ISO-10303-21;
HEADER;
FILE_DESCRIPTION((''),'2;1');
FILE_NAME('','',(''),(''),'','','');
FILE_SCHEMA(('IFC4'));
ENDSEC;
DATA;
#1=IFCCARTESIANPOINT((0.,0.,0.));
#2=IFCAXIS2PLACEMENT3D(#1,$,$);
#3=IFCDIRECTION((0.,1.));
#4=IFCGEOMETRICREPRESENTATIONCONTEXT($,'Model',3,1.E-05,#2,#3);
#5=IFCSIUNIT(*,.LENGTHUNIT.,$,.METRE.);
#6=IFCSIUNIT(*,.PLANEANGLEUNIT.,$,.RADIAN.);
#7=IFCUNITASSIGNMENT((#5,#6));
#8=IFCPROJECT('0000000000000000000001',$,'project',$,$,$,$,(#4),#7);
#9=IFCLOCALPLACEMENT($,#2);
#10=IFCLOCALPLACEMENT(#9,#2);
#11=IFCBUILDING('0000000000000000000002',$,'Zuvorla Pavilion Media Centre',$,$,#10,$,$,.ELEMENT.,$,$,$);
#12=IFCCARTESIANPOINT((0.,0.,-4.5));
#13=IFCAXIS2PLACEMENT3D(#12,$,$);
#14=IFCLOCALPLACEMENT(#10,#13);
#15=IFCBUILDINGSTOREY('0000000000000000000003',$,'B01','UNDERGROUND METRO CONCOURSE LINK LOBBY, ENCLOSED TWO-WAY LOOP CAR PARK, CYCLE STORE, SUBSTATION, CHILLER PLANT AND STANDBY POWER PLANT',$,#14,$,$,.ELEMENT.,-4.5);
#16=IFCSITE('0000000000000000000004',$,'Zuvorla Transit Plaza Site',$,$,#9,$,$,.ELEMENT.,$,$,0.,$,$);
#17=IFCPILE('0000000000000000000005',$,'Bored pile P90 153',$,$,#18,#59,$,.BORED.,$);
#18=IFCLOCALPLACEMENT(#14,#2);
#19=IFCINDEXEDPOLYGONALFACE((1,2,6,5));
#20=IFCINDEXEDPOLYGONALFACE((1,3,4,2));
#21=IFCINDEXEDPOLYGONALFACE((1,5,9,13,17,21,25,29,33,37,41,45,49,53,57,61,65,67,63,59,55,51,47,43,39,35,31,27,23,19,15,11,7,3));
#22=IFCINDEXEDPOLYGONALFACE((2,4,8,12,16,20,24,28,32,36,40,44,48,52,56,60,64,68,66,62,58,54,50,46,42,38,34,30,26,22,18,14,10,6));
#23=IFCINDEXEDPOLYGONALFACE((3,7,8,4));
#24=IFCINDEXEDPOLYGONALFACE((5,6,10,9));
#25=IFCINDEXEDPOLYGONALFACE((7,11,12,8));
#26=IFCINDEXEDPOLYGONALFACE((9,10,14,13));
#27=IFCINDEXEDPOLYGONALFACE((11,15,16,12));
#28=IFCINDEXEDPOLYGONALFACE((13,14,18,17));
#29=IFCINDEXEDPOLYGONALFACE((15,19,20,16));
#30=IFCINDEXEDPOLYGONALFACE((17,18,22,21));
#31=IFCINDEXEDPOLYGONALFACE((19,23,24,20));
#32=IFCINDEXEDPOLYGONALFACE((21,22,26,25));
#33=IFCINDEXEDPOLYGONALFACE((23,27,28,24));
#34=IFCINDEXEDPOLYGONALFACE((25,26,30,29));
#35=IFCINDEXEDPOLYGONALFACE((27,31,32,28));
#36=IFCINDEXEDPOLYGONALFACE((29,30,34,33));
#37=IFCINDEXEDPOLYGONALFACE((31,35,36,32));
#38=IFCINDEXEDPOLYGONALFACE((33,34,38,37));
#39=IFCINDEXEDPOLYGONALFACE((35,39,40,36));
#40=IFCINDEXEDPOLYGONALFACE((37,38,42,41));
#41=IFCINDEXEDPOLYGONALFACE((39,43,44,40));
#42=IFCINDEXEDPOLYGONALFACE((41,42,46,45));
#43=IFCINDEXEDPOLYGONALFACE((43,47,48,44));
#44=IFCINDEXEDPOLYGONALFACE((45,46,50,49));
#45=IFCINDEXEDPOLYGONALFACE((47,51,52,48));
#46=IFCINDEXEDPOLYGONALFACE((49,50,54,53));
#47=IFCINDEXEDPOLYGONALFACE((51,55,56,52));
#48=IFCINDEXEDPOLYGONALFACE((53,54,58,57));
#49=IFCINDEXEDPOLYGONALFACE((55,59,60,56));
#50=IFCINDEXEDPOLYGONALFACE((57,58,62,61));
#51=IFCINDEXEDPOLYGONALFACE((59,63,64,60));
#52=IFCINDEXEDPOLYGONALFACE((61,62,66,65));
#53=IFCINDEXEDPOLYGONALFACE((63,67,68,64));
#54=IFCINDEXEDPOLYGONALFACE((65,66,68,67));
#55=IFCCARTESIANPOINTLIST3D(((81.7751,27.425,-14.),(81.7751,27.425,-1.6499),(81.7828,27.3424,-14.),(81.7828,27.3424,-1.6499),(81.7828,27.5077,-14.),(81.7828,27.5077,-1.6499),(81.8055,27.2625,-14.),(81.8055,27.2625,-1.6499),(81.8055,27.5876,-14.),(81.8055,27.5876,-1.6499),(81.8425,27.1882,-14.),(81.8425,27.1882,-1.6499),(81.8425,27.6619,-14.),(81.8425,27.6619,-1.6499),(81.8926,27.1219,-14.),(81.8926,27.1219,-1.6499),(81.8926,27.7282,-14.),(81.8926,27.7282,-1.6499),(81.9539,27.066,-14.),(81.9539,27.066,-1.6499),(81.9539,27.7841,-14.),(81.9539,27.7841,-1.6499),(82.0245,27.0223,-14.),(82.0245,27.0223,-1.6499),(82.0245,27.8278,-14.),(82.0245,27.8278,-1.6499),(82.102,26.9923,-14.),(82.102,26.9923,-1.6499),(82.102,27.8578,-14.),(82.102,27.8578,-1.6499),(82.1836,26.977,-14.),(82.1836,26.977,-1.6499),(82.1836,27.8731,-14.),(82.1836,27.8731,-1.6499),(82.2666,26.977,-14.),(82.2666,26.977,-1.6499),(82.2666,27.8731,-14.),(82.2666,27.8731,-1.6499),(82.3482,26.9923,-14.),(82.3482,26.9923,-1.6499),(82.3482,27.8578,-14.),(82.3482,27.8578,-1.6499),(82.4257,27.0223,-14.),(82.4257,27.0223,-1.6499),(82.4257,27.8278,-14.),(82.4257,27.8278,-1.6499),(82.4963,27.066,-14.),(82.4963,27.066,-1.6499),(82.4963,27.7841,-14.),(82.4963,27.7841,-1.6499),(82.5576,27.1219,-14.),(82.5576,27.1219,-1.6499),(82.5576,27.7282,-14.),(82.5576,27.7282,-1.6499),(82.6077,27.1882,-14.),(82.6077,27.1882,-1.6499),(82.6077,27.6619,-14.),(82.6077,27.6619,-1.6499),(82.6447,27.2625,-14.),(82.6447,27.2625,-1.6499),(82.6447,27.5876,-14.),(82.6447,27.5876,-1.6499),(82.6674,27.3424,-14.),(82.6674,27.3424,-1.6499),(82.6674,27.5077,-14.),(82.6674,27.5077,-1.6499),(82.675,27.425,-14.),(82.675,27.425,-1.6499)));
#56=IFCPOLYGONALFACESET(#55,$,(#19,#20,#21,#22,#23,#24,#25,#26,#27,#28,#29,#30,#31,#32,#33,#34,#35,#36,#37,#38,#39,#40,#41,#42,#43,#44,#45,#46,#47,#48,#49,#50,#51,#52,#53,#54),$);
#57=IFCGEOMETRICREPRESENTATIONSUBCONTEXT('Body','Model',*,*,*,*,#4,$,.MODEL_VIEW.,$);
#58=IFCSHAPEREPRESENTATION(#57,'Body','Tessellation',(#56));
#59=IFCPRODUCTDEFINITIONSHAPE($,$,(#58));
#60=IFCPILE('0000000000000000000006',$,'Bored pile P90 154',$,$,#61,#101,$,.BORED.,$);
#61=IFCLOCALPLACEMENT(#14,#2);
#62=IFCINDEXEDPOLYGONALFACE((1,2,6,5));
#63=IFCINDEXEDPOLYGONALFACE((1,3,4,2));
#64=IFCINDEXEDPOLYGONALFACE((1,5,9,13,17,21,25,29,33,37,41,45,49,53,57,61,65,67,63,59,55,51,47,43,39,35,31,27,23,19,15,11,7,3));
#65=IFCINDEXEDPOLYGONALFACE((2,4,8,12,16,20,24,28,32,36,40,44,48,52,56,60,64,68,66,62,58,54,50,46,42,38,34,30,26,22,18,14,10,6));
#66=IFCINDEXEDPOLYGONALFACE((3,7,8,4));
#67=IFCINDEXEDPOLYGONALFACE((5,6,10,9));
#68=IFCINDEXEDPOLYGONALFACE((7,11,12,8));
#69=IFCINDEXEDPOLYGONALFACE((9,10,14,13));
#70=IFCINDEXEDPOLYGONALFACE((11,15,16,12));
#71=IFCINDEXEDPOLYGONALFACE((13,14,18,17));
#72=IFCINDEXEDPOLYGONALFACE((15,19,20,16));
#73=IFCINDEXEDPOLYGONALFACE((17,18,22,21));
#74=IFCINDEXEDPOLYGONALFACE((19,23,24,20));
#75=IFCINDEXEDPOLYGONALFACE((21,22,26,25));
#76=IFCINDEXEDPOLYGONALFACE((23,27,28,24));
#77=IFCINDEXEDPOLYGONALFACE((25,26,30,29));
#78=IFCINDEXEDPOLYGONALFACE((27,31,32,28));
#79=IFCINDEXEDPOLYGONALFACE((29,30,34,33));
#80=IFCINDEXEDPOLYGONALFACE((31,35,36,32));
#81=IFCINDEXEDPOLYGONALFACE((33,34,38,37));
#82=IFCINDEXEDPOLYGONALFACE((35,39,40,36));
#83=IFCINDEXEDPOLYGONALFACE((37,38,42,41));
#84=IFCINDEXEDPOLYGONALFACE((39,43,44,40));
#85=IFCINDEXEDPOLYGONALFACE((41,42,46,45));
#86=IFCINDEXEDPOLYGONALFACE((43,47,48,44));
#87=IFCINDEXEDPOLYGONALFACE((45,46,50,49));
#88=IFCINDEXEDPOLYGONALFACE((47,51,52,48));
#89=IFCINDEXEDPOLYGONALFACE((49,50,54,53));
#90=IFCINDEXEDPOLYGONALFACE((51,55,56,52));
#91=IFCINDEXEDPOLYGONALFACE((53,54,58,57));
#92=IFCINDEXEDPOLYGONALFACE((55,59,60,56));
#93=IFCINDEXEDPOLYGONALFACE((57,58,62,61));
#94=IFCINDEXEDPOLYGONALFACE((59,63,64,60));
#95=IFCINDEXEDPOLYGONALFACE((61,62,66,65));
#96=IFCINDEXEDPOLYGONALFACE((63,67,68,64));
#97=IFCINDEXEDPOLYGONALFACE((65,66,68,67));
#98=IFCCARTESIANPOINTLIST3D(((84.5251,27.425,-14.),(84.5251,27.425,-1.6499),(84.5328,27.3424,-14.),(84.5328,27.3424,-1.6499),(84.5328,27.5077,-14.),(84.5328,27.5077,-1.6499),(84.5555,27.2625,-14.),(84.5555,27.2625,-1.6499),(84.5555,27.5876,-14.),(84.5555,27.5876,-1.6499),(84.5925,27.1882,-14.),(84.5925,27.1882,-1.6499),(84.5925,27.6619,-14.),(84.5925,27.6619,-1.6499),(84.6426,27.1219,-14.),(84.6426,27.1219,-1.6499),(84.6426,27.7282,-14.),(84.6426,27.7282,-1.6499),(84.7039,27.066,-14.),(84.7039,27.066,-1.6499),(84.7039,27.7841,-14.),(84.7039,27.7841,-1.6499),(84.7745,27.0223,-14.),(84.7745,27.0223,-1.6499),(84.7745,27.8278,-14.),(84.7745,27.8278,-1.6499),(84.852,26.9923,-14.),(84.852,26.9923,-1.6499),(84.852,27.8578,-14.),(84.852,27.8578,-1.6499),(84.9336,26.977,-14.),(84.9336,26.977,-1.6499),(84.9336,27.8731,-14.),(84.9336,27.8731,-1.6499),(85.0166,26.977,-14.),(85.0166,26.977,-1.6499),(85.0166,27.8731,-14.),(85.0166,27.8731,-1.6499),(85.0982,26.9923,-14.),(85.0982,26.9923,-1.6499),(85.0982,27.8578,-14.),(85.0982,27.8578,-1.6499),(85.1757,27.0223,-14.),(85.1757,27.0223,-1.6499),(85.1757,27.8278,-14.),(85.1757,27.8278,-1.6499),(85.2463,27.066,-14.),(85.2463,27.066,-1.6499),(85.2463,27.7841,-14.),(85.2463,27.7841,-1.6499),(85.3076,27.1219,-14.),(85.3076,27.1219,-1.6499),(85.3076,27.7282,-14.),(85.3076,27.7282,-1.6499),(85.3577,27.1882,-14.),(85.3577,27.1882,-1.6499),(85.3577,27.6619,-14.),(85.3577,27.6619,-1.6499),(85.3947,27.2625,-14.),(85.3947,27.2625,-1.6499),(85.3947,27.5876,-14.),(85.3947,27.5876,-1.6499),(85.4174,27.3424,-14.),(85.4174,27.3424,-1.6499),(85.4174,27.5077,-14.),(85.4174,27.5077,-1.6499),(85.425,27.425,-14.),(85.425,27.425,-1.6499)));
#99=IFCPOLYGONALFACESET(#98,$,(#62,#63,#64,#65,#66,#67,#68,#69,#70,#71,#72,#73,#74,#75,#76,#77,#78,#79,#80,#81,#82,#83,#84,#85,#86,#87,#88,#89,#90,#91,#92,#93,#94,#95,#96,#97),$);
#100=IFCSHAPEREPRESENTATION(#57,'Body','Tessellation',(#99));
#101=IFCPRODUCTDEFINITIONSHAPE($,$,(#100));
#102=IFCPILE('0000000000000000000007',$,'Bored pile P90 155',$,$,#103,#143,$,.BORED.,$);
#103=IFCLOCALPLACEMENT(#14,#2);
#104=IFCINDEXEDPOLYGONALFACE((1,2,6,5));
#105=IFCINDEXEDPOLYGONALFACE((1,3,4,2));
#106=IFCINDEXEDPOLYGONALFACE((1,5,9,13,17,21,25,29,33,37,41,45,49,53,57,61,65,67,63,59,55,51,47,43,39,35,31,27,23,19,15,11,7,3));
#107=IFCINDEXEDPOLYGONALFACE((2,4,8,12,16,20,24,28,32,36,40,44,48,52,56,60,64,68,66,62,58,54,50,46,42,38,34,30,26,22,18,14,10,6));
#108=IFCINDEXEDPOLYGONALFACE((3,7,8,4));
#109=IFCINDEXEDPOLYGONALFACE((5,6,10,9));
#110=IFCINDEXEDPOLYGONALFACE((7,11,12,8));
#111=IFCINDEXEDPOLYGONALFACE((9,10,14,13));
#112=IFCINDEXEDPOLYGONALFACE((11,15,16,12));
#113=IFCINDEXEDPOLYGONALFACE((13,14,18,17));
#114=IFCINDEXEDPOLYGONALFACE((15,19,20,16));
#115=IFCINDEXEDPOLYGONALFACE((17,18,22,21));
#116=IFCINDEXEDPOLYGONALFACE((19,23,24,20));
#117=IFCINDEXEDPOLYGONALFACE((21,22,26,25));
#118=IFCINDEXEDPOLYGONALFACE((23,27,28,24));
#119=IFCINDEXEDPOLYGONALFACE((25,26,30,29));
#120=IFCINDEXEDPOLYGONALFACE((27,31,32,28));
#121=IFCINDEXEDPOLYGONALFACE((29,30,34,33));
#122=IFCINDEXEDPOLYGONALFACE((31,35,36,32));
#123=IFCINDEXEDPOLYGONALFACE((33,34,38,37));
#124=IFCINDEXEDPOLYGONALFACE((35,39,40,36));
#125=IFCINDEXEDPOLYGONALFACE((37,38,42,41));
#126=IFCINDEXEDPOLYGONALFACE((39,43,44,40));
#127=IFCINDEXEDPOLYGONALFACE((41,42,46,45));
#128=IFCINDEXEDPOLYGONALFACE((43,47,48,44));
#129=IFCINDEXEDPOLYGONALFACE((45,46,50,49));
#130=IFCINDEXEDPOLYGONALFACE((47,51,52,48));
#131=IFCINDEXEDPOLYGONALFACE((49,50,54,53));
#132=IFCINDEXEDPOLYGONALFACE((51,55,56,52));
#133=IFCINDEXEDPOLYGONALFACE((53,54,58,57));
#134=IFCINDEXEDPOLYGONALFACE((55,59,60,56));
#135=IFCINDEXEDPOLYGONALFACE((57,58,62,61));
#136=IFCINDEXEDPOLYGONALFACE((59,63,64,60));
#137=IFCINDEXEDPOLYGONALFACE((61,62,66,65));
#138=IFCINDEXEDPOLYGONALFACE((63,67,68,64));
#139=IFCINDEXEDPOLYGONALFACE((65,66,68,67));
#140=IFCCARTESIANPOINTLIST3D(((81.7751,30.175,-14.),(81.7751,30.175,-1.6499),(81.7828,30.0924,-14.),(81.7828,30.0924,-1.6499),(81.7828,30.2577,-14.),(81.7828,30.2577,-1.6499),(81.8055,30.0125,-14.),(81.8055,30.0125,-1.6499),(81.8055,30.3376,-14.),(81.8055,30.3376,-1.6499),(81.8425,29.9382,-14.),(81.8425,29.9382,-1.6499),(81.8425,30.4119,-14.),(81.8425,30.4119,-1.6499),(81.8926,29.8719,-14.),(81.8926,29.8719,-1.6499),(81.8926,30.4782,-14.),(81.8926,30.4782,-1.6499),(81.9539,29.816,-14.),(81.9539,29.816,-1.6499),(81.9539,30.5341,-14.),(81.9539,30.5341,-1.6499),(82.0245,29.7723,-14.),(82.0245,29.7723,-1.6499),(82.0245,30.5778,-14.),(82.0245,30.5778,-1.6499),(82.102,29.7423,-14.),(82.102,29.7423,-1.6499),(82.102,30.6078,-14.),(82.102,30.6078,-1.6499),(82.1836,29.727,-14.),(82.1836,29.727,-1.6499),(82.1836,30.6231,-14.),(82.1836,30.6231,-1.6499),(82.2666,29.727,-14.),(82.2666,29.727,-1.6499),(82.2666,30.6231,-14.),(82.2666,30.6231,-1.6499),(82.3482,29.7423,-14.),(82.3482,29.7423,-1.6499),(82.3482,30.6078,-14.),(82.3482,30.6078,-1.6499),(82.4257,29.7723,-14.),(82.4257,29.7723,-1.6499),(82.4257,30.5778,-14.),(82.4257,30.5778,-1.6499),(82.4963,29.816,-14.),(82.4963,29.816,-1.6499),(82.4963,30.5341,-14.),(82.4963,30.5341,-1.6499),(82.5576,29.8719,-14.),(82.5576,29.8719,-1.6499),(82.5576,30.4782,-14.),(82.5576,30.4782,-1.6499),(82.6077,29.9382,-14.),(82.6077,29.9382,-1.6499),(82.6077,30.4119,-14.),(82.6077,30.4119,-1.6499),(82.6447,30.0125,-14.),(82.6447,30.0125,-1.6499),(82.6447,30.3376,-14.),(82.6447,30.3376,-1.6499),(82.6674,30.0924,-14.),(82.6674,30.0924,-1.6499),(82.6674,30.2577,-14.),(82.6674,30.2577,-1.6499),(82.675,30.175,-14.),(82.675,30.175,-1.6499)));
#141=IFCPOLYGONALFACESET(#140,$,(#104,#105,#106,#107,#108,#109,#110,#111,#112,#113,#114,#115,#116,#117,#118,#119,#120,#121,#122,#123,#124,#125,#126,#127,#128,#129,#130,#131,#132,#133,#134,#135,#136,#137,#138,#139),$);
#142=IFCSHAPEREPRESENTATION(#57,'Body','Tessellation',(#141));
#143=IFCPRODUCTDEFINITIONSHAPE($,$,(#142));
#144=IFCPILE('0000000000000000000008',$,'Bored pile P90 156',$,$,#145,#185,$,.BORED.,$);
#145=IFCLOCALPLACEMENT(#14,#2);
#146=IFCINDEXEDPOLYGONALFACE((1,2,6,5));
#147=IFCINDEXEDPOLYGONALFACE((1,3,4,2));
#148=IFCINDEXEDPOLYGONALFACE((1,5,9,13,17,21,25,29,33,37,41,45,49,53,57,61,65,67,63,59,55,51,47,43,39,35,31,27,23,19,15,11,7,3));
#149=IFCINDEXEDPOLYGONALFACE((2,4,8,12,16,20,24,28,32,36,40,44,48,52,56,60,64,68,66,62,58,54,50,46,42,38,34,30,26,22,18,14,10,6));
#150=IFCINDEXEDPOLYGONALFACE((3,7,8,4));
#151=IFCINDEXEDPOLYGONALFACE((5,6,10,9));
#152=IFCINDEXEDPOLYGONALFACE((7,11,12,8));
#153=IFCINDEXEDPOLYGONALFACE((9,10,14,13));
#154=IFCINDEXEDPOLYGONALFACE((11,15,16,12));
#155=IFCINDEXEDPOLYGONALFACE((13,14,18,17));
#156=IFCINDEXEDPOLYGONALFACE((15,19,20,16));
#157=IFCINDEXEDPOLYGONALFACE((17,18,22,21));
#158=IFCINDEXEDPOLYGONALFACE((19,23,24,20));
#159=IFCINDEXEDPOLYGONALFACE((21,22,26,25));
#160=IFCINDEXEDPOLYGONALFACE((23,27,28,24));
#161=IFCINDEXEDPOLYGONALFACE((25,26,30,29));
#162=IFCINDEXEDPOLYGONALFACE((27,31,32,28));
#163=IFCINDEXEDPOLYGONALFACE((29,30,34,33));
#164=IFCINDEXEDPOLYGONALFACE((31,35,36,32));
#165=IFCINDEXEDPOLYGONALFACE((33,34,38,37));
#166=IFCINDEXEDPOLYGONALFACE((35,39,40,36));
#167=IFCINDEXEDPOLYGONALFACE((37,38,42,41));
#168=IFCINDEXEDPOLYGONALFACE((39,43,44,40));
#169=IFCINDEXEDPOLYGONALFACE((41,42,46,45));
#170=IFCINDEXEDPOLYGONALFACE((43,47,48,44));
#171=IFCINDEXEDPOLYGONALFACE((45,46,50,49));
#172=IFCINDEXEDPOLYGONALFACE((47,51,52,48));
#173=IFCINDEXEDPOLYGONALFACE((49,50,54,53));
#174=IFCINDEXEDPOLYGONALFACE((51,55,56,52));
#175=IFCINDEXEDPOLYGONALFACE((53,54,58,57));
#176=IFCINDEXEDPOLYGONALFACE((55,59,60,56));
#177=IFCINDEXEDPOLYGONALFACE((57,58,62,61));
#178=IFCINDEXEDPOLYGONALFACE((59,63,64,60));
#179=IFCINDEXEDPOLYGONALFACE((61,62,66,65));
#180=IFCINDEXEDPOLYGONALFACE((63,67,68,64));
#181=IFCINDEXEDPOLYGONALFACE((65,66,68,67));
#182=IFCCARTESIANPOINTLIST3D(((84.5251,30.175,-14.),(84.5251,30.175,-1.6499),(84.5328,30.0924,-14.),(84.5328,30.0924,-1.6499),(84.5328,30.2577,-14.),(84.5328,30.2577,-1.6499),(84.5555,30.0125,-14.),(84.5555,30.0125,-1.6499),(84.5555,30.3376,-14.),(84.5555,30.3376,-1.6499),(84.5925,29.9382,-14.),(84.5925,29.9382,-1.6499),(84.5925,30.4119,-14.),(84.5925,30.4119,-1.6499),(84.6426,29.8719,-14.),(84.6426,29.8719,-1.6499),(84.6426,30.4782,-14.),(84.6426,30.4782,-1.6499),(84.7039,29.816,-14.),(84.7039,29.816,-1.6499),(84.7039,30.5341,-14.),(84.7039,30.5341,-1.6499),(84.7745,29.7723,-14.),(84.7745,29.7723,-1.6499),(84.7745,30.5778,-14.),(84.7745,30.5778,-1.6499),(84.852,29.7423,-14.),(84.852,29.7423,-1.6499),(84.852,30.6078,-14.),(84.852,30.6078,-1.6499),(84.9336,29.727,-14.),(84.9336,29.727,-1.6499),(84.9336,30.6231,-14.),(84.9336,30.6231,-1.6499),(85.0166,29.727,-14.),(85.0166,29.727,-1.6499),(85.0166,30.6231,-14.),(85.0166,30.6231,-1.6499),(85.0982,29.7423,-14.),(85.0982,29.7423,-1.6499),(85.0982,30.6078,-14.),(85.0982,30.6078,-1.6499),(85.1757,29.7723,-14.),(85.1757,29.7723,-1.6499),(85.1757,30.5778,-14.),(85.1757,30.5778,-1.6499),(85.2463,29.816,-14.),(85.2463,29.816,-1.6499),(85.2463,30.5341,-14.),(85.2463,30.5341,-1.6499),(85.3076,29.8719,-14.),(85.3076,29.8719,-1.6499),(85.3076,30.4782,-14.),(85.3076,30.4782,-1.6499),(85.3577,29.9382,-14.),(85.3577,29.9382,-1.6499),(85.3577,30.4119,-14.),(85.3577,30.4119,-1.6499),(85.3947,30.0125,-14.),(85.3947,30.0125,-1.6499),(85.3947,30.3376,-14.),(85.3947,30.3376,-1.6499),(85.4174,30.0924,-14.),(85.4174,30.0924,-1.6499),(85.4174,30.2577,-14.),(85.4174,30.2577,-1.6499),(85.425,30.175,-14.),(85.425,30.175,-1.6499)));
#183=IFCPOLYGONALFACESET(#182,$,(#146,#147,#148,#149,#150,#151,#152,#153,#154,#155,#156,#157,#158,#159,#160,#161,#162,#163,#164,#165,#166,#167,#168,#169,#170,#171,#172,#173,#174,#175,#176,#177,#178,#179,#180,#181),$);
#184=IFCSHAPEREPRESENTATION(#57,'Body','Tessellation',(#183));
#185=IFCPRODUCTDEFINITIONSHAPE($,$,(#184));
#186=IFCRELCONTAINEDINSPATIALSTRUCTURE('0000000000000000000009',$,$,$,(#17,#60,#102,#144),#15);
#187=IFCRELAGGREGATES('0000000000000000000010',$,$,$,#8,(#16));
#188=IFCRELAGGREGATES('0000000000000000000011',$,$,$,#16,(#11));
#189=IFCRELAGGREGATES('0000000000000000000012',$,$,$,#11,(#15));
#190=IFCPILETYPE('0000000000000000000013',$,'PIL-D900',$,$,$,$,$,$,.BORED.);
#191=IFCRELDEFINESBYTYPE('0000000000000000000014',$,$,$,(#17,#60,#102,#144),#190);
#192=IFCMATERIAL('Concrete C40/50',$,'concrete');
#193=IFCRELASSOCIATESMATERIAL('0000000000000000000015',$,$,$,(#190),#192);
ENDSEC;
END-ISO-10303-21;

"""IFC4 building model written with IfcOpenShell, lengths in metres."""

from ifc_helpers import new_model, si_unit, direction, frame, origin, origin_2d, place, context, subcontext, project, spatial, circle, extrude, material, material_profile, profile_set, type_object, element, save


model = new_model("IFC4")

# Units and contexts
model_context = context("Model", 3, precision=1e-05, world=origin(), true_north=direction((0.0, 1.0)))
body_context = subcontext(model_context, "Body", "Model", "MODEL_VIEW")
ifc_project = project(units=[si_unit("LENGTHUNIT", "METRE"), si_unit("PLANEANGLEUNIT", "RADIAN")], contexts=[model_context])

# Site, building, storey
site_placement = place(None, origin())
site = spatial("IfcSite", under=ifc_project, at=site_placement, Name="Zuvorla Transit Plaza Site", CompositionType="ELEMENT", RefElevation=0.0)
building_placement = place(site_placement, origin())
building = spatial("IfcBuilding", under=site, at=building_placement, Name="Zuvorla Pavilion Media Centre", CompositionType="ELEMENT")
storey_placement = place(building_placement, frame((0.0, 0.0, -4.5)))
storey = spatial("IfcBuildingStorey", under=building, at=storey_placement, Name="B01", Description="UNDERGROUND METRO CONCOURSE LINK LOBBY, ENCLOSED TWO-WAY LOOP CAR PARK, CYCLE STORE, SUBSTATION, CHILLER PLANT AND STANDBY POWER PLANT", CompositionType="ELEMENT", Elevation=-4.5)

# Shared definitions
ifc_material_1 = material(Name="Concrete C40/50", Category="concrete")

# Piles
ifc_material_profile_1 = material_profile(ifc_material_1, circle(Radius=0.45, at=origin_2d()), Name="BORED PILE 900")
ifc_profile_set_1 = profile_set([ifc_material_profile_1], Name="Concrete C40/50")
pile_type = type_object("IfcPileType", Name="PIL-D900", PredefinedType="BORED", material=ifc_profile_set_1)
for number, where, z_axis, x_axis, name in (
    (1, (82.2251, 27.425, -1.6499), (0.0, 0.0, -1.0), (1.0, 0.0, 0.0), "Bored pile P90 153"),
    (2, (84.9751, 27.425, -1.6499), (0.0, 0.0, -1.0), (1.0, 0.0, 0.0), "Bored pile P90 154"),
    (3, (82.2251, 30.175, -1.6499), (0.0, 0.0, -1.0), (1.0, 0.0, 0.0), "Bored pile P90 155"),
    (4, (84.9751, 30.175, -1.6499), (0.0, 0.0, -1.0), (1.0, 0.0, 0.0), "Bored pile P90 156"),
):
    element("IfcPile", number, at=place(storey_placement, frame(where, z_axis=z_axis, x_axis=x_axis)), inside=storey, type_object=pile_type, Name=name, PredefinedType="BORED", context=body_context, shape_type="SweptSolid", body=[
        extrude(circle(Radius=0.45, at=origin_2d()), origin(), (0.0, 0.0, 1.0), 12.3501),
    ])

save(model, "model.ifc")
